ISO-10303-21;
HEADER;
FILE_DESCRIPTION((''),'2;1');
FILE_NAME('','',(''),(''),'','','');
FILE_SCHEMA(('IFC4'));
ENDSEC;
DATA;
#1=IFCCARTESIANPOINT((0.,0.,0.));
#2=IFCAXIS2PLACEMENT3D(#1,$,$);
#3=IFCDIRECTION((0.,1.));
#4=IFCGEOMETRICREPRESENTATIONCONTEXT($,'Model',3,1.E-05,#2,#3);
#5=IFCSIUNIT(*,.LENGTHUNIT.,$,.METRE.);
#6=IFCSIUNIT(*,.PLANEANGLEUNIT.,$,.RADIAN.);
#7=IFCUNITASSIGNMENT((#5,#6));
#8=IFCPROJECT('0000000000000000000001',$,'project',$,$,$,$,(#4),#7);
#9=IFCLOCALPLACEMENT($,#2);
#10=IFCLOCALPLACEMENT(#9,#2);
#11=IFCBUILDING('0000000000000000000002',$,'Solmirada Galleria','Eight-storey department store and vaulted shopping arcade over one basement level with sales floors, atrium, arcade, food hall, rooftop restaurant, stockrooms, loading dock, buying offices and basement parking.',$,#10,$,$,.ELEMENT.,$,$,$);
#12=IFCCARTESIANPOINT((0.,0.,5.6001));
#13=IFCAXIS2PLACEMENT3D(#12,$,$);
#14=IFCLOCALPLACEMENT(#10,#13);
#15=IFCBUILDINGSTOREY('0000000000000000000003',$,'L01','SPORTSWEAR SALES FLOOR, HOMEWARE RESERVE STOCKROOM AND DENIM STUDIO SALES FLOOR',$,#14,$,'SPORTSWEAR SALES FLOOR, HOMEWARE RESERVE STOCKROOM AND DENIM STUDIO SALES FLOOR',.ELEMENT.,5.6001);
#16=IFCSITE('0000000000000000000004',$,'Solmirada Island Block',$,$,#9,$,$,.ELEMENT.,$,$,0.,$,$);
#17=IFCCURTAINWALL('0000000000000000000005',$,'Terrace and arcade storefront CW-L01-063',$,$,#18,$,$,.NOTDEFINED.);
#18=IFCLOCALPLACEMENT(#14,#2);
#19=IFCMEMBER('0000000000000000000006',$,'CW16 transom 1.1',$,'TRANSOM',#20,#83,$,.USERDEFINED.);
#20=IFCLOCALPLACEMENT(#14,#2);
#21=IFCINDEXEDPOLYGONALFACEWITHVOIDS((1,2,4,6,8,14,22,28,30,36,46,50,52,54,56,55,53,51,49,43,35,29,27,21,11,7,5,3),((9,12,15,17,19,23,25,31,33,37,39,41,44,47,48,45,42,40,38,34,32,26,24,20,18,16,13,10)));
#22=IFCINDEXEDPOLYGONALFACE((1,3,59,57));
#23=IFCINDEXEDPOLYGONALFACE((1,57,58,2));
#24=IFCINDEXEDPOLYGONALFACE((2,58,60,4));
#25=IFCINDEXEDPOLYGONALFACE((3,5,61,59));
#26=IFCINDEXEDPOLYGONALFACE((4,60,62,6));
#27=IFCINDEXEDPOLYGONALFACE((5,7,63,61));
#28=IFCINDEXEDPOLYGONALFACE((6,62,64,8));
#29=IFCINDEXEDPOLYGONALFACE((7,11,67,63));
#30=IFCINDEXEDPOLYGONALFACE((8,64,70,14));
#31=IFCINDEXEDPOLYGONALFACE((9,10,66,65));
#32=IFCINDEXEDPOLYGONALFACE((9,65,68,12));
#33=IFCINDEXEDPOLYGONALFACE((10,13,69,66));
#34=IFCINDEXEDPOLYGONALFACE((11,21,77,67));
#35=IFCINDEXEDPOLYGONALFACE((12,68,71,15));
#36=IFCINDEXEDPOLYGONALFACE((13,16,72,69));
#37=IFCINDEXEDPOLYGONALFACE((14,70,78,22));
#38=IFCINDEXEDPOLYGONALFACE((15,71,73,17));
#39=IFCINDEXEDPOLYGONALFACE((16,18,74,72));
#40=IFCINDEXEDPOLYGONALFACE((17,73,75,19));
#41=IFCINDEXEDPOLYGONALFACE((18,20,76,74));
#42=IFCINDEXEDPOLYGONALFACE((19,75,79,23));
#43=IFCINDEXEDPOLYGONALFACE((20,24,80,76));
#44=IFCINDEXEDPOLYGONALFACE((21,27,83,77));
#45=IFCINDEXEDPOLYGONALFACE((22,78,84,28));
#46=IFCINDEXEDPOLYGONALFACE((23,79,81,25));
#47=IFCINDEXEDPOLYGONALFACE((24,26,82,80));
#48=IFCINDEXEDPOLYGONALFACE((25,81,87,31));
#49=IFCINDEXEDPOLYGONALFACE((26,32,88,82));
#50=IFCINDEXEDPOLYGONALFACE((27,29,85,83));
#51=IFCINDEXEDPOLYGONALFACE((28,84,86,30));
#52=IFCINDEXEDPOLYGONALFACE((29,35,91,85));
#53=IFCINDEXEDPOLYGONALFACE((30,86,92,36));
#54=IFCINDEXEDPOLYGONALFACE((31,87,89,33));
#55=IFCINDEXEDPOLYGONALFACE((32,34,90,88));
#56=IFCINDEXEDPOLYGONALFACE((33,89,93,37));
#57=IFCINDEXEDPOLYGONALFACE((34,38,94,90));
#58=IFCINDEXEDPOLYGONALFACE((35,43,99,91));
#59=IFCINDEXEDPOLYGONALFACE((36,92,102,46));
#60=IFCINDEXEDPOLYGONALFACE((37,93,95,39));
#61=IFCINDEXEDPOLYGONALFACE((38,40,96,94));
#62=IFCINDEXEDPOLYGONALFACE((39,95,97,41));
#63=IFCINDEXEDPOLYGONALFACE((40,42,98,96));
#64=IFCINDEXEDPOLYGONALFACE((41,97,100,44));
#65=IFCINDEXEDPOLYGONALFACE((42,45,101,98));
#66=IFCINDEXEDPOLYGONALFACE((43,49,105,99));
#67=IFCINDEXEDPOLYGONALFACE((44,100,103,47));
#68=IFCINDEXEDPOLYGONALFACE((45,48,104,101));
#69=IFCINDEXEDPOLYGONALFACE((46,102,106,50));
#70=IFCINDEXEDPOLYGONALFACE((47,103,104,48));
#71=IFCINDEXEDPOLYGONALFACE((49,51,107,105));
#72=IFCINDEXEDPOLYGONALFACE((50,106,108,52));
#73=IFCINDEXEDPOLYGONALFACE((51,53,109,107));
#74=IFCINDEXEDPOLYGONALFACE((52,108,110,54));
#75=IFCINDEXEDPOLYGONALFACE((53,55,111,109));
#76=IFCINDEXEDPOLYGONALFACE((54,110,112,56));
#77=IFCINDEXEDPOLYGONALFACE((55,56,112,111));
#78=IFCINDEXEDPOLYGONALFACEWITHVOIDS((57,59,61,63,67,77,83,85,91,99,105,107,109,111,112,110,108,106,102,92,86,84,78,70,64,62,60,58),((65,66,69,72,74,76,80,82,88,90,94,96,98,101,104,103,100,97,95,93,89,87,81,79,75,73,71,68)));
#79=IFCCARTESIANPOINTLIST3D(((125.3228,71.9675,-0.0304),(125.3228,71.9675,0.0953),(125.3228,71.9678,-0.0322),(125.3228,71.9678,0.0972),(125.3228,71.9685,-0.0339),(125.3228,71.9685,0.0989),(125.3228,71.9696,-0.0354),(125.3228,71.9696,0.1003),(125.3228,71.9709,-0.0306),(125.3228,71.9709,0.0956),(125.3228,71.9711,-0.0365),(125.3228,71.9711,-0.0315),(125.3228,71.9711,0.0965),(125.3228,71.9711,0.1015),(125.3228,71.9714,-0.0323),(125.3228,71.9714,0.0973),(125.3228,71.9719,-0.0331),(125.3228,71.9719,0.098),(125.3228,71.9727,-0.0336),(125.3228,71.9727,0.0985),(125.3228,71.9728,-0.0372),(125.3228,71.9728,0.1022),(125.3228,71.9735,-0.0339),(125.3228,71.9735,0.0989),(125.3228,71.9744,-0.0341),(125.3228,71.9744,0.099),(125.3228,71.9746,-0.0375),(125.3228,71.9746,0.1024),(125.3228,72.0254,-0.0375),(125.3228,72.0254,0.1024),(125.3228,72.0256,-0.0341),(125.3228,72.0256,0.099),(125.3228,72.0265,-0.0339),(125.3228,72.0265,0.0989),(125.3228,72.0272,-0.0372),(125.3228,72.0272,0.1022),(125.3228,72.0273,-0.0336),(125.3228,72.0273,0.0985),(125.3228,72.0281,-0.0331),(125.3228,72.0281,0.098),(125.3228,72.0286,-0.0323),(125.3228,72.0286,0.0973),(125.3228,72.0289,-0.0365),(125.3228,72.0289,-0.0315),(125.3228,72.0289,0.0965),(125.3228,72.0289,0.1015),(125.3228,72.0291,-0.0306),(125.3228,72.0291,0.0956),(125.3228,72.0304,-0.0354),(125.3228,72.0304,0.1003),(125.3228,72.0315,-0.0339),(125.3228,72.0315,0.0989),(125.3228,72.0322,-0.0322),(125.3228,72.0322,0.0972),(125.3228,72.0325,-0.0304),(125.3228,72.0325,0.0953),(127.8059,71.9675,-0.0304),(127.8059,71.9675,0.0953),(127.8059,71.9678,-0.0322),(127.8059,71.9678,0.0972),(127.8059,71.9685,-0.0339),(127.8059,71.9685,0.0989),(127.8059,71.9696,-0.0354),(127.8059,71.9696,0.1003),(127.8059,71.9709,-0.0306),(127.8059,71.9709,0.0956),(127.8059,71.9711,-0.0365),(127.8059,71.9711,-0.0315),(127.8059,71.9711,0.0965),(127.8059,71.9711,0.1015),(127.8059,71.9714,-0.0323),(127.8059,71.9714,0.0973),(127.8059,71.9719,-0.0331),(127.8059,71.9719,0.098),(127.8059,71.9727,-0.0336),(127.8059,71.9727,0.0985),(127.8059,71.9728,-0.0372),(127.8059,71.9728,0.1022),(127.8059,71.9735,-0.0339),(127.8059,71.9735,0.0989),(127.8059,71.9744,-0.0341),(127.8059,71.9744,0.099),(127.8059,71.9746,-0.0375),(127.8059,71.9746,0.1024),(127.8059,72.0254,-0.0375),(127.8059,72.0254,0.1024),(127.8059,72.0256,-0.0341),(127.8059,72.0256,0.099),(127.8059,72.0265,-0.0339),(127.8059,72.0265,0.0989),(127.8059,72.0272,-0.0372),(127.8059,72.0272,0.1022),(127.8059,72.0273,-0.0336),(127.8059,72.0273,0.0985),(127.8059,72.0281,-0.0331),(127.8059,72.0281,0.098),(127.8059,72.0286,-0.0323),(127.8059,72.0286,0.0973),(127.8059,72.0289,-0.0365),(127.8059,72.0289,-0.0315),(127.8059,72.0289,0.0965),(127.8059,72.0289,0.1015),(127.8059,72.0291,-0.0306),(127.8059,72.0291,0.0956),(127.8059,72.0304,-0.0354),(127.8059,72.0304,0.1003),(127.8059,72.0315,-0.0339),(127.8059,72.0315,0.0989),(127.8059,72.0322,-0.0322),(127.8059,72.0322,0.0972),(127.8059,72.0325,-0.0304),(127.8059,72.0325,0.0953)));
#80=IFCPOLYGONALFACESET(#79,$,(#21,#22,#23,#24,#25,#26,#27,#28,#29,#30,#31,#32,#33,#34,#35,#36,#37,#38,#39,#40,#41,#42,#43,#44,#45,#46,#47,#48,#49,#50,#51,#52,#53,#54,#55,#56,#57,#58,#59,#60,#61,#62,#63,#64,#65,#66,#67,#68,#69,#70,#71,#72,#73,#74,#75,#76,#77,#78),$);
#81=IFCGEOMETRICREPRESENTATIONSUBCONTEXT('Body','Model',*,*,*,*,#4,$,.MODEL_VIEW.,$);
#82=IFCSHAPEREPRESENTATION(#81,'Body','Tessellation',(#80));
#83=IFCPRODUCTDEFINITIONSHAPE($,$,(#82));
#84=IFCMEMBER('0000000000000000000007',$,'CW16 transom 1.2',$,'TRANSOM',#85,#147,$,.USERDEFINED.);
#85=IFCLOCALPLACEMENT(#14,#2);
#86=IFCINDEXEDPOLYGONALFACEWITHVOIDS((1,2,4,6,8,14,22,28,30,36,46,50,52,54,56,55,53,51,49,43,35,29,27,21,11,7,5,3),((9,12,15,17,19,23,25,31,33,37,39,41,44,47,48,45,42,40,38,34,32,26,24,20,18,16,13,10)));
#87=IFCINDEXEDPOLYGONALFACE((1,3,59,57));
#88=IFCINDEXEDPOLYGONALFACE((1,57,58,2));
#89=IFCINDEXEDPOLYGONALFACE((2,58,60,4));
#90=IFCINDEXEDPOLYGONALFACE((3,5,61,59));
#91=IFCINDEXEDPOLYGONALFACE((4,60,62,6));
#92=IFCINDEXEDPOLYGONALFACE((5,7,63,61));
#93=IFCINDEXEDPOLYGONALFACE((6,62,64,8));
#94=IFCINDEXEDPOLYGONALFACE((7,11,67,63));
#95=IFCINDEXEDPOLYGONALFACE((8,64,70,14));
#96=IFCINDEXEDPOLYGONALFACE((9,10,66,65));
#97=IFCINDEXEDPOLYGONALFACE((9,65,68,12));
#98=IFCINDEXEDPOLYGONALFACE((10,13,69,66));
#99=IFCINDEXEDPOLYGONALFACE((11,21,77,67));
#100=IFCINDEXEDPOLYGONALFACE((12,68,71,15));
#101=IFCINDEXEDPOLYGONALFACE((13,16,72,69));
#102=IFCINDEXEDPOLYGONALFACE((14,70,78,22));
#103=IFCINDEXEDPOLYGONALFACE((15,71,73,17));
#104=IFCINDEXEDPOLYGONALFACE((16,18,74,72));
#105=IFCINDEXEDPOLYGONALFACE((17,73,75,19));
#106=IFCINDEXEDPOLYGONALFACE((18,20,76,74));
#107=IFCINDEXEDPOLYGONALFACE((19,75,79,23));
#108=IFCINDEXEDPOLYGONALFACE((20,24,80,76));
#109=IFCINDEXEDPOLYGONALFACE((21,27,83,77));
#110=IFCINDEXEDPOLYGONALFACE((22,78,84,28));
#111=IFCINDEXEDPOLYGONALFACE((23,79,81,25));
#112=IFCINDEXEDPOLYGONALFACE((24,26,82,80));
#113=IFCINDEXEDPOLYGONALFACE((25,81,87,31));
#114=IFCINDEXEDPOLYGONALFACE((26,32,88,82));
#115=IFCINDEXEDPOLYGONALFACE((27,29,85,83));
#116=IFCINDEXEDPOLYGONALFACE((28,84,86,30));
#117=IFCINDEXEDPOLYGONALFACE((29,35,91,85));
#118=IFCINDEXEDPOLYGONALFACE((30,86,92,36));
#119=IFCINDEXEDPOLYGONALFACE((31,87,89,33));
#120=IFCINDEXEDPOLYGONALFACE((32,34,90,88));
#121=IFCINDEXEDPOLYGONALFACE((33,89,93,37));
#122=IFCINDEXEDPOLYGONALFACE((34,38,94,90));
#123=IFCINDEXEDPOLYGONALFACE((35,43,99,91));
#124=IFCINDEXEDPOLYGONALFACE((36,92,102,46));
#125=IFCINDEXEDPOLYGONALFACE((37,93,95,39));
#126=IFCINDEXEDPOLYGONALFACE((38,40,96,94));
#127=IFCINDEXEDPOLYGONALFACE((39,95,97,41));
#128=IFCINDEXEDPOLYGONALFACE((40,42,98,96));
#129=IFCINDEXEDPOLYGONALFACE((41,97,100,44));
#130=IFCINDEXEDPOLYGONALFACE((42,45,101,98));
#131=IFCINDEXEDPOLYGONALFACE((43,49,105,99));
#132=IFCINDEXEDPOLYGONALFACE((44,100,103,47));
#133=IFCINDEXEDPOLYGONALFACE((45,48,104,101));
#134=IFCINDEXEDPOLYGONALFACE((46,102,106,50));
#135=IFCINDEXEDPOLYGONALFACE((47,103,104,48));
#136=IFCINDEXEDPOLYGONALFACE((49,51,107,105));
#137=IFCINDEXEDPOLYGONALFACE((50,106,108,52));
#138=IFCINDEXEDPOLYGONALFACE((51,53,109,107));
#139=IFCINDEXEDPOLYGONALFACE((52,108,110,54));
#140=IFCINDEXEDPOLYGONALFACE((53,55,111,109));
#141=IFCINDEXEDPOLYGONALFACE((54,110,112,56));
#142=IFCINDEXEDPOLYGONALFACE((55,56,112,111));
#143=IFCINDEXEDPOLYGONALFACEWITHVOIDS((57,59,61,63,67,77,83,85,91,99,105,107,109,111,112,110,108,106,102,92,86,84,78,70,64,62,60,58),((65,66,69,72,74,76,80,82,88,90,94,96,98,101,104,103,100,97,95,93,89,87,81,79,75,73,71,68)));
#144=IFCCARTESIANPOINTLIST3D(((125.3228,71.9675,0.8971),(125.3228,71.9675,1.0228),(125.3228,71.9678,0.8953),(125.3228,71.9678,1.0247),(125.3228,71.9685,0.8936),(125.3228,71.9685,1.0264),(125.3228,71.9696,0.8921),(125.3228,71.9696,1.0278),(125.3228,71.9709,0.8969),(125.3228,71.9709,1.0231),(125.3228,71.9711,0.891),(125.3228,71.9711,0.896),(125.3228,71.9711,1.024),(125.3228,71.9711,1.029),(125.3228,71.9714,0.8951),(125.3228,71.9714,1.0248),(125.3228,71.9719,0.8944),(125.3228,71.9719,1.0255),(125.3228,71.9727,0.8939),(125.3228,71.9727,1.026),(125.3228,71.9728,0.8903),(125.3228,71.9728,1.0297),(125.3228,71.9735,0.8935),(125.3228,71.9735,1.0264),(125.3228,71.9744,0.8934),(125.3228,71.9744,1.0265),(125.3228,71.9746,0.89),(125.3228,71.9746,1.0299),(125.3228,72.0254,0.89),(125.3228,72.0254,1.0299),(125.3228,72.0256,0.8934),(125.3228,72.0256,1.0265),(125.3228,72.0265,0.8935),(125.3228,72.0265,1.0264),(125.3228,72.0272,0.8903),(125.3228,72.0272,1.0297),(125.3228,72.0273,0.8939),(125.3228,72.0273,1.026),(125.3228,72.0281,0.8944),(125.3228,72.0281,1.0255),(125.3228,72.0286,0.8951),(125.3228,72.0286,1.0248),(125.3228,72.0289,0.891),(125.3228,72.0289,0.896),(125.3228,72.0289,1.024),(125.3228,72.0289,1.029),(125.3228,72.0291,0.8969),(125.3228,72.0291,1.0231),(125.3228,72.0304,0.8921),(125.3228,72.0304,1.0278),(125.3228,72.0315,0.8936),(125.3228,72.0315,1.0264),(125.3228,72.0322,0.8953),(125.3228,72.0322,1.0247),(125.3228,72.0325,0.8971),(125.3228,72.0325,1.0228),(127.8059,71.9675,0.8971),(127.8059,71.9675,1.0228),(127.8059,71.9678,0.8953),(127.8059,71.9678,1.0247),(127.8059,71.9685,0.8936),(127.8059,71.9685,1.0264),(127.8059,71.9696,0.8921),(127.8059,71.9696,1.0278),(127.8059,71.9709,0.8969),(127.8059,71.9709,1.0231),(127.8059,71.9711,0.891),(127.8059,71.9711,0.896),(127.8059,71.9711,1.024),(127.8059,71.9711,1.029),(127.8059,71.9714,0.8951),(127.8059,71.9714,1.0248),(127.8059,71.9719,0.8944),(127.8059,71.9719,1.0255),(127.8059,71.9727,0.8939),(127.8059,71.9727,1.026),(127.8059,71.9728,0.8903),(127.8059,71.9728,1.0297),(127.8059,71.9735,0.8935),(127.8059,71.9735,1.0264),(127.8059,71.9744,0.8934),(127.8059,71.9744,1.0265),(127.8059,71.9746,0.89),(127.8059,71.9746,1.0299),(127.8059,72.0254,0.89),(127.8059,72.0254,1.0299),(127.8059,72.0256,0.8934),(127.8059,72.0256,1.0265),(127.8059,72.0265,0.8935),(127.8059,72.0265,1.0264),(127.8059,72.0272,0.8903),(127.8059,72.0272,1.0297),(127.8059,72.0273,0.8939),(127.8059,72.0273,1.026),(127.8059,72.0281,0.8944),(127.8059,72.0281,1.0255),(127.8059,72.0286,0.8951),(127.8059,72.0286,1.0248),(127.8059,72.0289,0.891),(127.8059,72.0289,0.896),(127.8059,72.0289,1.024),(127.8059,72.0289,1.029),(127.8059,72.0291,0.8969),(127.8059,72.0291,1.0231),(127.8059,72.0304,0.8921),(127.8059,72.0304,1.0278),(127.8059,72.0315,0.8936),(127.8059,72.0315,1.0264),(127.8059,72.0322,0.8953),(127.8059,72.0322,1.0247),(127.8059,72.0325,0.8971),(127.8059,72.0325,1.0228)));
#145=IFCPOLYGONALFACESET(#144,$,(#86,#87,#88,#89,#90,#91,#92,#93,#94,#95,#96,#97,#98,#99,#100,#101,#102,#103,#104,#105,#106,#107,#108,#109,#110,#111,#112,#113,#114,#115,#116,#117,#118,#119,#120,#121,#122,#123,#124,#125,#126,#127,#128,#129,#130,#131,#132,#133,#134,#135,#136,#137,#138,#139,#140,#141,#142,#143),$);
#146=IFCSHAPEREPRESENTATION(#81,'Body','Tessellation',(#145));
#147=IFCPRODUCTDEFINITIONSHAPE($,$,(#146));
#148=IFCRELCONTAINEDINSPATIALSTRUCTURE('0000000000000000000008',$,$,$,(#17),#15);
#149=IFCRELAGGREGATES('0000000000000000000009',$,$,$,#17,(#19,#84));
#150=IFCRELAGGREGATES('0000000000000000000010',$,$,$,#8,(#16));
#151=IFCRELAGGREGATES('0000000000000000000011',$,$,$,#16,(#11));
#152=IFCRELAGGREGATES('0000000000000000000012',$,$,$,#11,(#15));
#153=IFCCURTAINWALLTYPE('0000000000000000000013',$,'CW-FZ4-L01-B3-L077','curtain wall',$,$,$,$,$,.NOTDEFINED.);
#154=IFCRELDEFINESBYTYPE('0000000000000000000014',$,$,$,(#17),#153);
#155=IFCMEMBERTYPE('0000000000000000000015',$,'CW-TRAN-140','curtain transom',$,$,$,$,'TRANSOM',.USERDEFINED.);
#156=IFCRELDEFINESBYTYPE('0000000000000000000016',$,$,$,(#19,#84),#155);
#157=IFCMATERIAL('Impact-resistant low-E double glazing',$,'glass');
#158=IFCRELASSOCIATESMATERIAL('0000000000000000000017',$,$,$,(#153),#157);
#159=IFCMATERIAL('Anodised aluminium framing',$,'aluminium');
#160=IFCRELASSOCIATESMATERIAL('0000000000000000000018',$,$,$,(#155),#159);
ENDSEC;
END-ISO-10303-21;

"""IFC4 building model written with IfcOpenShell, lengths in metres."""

from ifc_helpers import new_model, si_unit, direction, frame, origin, origin_2d, place, context, subcontext, project, spatial, hollow_rectangle, extrude, material, material_profile, profile_set, type_object, element, aggregate, save


model = new_model("IFC4")

# Units and contexts
model_context = context("Model", 3, precision=1e-05, world=origin(), true_north=direction((0.0, 1.0)))
body_context = subcontext(model_context, "Body", "Model", "MODEL_VIEW")
ifc_project = project(units=[si_unit("LENGTHUNIT", "METRE"), si_unit("PLANEANGLEUNIT", "RADIAN")], contexts=[model_context])

# Site, building, storey
site_placement = place(None, origin())
site = spatial("IfcSite", under=ifc_project, at=site_placement, Name="Solmirada Island Block", CompositionType="ELEMENT", RefElevation=0.0)
building_placement = place(site_placement, origin())
building = spatial("IfcBuilding", under=site, at=building_placement, Name="Solmirada Galleria", Description="Eight-storey department store and vaulted shopping arcade over one basement level with sales floors, atrium, arcade, food hall, rooftop restaurant, stockrooms, loading dock, buying offices and basement parking.", CompositionType="ELEMENT")
storey_placement = place(building_placement, frame((0.0, 0.0, 5.6001)))
storey = spatial("IfcBuildingStorey", under=building, at=storey_placement, Name="L01", Description="SPORTSWEAR SALES FLOOR, HOMEWARE RESERVE STOCKROOM AND DENIM STUDIO SALES FLOOR", LongName="SPORTSWEAR SALES FLOOR, HOMEWARE RESERVE STOCKROOM AND DENIM STUDIO SALES FLOOR", CompositionType="ELEMENT", Elevation=5.6001)

# Curtain wall
ifc_material_1 = material(Name="Impact-resistant low-E double glazing", Category="glass")
curtain_wall_type = type_object("IfcCurtainWallType", Name="CW-FZ4-L01-B3-L077", Description="curtain wall", PredefinedType="NOTDEFINED", material=ifc_material_1)
ifc_material_2 = material(Name="Anodised aluminium framing", Category="aluminium")
curtain_wall_1_placement = place(storey_placement, origin())
curtain_wall_1 = element("IfcCurtainWall", 1, at=curtain_wall_1_placement, inside=storey, type_object=curtain_wall_type, Name="Terrace and arcade storefront CW-L01-063", PredefinedType="NOTDEFINED")

# Members
ifc_material_profile_1 = material_profile(ifc_material_2, hollow_rectangle(XDim=0.0649, YDim=0.1399, WallThickness=0.0034, InnerFilletRadius=0.0034, OuterFilletRadius=0.0071, at=origin_2d()), Name="ALU-TRAN-140X65")
ifc_profile_set_1 = profile_set([ifc_material_profile_1], Name="Anodised aluminium framing")
member_type_1 = type_object("IfcMemberType", Name="CW-TRAN-140", Description="curtain transom", ElementType="TRANSOM", PredefinedType="USERDEFINED", material=ifc_profile_set_1)
member_1_placement = place(storey_placement, frame((127.8059, 72.0, 0.0325), z_axis=(-1.0, 0.0, 0.0), x_axis=(0.0, -1.0, 0.0)))
member_1 = element("IfcMember", 2, at=member_1_placement, type_object=member_type_1, Name="CW16 transom 1.1", ObjectType="TRANSOM", PredefinedType="USERDEFINED", context=body_context, shape_type="SweptSolid", body=[
    extrude(hollow_rectangle(XDim=0.0649, YDim=0.1399, WallThickness=0.0034, InnerFilletRadius=0.0034, OuterFilletRadius=0.0071, at=origin_2d()), origin(), (0.0, 0.0, 1.0), 2.4832),
])
member_2_placement = place(storey_placement, frame((127.8059, 72.0, 0.96), z_axis=(-1.0, 0.0, 0.0), x_axis=(0.0, -1.0, 0.0)))
member_2 = element("IfcMember", 3, at=member_2_placement, type_object=member_type_1, Name="CW16 transom 1.2", ObjectType="TRANSOM", PredefinedType="USERDEFINED", context=body_context, shape_type="SweptSolid", body=[
    extrude(hollow_rectangle(XDim=0.0649, YDim=0.1399, WallThickness=0.0034, InnerFilletRadius=0.0034, OuterFilletRadius=0.0071, at=origin_2d()), origin(), (0.0, 0.0, 1.0), 2.4832),
])

aggregate(curtain_wall_1, [member_1, member_2])

save(model, "model.ifc")
